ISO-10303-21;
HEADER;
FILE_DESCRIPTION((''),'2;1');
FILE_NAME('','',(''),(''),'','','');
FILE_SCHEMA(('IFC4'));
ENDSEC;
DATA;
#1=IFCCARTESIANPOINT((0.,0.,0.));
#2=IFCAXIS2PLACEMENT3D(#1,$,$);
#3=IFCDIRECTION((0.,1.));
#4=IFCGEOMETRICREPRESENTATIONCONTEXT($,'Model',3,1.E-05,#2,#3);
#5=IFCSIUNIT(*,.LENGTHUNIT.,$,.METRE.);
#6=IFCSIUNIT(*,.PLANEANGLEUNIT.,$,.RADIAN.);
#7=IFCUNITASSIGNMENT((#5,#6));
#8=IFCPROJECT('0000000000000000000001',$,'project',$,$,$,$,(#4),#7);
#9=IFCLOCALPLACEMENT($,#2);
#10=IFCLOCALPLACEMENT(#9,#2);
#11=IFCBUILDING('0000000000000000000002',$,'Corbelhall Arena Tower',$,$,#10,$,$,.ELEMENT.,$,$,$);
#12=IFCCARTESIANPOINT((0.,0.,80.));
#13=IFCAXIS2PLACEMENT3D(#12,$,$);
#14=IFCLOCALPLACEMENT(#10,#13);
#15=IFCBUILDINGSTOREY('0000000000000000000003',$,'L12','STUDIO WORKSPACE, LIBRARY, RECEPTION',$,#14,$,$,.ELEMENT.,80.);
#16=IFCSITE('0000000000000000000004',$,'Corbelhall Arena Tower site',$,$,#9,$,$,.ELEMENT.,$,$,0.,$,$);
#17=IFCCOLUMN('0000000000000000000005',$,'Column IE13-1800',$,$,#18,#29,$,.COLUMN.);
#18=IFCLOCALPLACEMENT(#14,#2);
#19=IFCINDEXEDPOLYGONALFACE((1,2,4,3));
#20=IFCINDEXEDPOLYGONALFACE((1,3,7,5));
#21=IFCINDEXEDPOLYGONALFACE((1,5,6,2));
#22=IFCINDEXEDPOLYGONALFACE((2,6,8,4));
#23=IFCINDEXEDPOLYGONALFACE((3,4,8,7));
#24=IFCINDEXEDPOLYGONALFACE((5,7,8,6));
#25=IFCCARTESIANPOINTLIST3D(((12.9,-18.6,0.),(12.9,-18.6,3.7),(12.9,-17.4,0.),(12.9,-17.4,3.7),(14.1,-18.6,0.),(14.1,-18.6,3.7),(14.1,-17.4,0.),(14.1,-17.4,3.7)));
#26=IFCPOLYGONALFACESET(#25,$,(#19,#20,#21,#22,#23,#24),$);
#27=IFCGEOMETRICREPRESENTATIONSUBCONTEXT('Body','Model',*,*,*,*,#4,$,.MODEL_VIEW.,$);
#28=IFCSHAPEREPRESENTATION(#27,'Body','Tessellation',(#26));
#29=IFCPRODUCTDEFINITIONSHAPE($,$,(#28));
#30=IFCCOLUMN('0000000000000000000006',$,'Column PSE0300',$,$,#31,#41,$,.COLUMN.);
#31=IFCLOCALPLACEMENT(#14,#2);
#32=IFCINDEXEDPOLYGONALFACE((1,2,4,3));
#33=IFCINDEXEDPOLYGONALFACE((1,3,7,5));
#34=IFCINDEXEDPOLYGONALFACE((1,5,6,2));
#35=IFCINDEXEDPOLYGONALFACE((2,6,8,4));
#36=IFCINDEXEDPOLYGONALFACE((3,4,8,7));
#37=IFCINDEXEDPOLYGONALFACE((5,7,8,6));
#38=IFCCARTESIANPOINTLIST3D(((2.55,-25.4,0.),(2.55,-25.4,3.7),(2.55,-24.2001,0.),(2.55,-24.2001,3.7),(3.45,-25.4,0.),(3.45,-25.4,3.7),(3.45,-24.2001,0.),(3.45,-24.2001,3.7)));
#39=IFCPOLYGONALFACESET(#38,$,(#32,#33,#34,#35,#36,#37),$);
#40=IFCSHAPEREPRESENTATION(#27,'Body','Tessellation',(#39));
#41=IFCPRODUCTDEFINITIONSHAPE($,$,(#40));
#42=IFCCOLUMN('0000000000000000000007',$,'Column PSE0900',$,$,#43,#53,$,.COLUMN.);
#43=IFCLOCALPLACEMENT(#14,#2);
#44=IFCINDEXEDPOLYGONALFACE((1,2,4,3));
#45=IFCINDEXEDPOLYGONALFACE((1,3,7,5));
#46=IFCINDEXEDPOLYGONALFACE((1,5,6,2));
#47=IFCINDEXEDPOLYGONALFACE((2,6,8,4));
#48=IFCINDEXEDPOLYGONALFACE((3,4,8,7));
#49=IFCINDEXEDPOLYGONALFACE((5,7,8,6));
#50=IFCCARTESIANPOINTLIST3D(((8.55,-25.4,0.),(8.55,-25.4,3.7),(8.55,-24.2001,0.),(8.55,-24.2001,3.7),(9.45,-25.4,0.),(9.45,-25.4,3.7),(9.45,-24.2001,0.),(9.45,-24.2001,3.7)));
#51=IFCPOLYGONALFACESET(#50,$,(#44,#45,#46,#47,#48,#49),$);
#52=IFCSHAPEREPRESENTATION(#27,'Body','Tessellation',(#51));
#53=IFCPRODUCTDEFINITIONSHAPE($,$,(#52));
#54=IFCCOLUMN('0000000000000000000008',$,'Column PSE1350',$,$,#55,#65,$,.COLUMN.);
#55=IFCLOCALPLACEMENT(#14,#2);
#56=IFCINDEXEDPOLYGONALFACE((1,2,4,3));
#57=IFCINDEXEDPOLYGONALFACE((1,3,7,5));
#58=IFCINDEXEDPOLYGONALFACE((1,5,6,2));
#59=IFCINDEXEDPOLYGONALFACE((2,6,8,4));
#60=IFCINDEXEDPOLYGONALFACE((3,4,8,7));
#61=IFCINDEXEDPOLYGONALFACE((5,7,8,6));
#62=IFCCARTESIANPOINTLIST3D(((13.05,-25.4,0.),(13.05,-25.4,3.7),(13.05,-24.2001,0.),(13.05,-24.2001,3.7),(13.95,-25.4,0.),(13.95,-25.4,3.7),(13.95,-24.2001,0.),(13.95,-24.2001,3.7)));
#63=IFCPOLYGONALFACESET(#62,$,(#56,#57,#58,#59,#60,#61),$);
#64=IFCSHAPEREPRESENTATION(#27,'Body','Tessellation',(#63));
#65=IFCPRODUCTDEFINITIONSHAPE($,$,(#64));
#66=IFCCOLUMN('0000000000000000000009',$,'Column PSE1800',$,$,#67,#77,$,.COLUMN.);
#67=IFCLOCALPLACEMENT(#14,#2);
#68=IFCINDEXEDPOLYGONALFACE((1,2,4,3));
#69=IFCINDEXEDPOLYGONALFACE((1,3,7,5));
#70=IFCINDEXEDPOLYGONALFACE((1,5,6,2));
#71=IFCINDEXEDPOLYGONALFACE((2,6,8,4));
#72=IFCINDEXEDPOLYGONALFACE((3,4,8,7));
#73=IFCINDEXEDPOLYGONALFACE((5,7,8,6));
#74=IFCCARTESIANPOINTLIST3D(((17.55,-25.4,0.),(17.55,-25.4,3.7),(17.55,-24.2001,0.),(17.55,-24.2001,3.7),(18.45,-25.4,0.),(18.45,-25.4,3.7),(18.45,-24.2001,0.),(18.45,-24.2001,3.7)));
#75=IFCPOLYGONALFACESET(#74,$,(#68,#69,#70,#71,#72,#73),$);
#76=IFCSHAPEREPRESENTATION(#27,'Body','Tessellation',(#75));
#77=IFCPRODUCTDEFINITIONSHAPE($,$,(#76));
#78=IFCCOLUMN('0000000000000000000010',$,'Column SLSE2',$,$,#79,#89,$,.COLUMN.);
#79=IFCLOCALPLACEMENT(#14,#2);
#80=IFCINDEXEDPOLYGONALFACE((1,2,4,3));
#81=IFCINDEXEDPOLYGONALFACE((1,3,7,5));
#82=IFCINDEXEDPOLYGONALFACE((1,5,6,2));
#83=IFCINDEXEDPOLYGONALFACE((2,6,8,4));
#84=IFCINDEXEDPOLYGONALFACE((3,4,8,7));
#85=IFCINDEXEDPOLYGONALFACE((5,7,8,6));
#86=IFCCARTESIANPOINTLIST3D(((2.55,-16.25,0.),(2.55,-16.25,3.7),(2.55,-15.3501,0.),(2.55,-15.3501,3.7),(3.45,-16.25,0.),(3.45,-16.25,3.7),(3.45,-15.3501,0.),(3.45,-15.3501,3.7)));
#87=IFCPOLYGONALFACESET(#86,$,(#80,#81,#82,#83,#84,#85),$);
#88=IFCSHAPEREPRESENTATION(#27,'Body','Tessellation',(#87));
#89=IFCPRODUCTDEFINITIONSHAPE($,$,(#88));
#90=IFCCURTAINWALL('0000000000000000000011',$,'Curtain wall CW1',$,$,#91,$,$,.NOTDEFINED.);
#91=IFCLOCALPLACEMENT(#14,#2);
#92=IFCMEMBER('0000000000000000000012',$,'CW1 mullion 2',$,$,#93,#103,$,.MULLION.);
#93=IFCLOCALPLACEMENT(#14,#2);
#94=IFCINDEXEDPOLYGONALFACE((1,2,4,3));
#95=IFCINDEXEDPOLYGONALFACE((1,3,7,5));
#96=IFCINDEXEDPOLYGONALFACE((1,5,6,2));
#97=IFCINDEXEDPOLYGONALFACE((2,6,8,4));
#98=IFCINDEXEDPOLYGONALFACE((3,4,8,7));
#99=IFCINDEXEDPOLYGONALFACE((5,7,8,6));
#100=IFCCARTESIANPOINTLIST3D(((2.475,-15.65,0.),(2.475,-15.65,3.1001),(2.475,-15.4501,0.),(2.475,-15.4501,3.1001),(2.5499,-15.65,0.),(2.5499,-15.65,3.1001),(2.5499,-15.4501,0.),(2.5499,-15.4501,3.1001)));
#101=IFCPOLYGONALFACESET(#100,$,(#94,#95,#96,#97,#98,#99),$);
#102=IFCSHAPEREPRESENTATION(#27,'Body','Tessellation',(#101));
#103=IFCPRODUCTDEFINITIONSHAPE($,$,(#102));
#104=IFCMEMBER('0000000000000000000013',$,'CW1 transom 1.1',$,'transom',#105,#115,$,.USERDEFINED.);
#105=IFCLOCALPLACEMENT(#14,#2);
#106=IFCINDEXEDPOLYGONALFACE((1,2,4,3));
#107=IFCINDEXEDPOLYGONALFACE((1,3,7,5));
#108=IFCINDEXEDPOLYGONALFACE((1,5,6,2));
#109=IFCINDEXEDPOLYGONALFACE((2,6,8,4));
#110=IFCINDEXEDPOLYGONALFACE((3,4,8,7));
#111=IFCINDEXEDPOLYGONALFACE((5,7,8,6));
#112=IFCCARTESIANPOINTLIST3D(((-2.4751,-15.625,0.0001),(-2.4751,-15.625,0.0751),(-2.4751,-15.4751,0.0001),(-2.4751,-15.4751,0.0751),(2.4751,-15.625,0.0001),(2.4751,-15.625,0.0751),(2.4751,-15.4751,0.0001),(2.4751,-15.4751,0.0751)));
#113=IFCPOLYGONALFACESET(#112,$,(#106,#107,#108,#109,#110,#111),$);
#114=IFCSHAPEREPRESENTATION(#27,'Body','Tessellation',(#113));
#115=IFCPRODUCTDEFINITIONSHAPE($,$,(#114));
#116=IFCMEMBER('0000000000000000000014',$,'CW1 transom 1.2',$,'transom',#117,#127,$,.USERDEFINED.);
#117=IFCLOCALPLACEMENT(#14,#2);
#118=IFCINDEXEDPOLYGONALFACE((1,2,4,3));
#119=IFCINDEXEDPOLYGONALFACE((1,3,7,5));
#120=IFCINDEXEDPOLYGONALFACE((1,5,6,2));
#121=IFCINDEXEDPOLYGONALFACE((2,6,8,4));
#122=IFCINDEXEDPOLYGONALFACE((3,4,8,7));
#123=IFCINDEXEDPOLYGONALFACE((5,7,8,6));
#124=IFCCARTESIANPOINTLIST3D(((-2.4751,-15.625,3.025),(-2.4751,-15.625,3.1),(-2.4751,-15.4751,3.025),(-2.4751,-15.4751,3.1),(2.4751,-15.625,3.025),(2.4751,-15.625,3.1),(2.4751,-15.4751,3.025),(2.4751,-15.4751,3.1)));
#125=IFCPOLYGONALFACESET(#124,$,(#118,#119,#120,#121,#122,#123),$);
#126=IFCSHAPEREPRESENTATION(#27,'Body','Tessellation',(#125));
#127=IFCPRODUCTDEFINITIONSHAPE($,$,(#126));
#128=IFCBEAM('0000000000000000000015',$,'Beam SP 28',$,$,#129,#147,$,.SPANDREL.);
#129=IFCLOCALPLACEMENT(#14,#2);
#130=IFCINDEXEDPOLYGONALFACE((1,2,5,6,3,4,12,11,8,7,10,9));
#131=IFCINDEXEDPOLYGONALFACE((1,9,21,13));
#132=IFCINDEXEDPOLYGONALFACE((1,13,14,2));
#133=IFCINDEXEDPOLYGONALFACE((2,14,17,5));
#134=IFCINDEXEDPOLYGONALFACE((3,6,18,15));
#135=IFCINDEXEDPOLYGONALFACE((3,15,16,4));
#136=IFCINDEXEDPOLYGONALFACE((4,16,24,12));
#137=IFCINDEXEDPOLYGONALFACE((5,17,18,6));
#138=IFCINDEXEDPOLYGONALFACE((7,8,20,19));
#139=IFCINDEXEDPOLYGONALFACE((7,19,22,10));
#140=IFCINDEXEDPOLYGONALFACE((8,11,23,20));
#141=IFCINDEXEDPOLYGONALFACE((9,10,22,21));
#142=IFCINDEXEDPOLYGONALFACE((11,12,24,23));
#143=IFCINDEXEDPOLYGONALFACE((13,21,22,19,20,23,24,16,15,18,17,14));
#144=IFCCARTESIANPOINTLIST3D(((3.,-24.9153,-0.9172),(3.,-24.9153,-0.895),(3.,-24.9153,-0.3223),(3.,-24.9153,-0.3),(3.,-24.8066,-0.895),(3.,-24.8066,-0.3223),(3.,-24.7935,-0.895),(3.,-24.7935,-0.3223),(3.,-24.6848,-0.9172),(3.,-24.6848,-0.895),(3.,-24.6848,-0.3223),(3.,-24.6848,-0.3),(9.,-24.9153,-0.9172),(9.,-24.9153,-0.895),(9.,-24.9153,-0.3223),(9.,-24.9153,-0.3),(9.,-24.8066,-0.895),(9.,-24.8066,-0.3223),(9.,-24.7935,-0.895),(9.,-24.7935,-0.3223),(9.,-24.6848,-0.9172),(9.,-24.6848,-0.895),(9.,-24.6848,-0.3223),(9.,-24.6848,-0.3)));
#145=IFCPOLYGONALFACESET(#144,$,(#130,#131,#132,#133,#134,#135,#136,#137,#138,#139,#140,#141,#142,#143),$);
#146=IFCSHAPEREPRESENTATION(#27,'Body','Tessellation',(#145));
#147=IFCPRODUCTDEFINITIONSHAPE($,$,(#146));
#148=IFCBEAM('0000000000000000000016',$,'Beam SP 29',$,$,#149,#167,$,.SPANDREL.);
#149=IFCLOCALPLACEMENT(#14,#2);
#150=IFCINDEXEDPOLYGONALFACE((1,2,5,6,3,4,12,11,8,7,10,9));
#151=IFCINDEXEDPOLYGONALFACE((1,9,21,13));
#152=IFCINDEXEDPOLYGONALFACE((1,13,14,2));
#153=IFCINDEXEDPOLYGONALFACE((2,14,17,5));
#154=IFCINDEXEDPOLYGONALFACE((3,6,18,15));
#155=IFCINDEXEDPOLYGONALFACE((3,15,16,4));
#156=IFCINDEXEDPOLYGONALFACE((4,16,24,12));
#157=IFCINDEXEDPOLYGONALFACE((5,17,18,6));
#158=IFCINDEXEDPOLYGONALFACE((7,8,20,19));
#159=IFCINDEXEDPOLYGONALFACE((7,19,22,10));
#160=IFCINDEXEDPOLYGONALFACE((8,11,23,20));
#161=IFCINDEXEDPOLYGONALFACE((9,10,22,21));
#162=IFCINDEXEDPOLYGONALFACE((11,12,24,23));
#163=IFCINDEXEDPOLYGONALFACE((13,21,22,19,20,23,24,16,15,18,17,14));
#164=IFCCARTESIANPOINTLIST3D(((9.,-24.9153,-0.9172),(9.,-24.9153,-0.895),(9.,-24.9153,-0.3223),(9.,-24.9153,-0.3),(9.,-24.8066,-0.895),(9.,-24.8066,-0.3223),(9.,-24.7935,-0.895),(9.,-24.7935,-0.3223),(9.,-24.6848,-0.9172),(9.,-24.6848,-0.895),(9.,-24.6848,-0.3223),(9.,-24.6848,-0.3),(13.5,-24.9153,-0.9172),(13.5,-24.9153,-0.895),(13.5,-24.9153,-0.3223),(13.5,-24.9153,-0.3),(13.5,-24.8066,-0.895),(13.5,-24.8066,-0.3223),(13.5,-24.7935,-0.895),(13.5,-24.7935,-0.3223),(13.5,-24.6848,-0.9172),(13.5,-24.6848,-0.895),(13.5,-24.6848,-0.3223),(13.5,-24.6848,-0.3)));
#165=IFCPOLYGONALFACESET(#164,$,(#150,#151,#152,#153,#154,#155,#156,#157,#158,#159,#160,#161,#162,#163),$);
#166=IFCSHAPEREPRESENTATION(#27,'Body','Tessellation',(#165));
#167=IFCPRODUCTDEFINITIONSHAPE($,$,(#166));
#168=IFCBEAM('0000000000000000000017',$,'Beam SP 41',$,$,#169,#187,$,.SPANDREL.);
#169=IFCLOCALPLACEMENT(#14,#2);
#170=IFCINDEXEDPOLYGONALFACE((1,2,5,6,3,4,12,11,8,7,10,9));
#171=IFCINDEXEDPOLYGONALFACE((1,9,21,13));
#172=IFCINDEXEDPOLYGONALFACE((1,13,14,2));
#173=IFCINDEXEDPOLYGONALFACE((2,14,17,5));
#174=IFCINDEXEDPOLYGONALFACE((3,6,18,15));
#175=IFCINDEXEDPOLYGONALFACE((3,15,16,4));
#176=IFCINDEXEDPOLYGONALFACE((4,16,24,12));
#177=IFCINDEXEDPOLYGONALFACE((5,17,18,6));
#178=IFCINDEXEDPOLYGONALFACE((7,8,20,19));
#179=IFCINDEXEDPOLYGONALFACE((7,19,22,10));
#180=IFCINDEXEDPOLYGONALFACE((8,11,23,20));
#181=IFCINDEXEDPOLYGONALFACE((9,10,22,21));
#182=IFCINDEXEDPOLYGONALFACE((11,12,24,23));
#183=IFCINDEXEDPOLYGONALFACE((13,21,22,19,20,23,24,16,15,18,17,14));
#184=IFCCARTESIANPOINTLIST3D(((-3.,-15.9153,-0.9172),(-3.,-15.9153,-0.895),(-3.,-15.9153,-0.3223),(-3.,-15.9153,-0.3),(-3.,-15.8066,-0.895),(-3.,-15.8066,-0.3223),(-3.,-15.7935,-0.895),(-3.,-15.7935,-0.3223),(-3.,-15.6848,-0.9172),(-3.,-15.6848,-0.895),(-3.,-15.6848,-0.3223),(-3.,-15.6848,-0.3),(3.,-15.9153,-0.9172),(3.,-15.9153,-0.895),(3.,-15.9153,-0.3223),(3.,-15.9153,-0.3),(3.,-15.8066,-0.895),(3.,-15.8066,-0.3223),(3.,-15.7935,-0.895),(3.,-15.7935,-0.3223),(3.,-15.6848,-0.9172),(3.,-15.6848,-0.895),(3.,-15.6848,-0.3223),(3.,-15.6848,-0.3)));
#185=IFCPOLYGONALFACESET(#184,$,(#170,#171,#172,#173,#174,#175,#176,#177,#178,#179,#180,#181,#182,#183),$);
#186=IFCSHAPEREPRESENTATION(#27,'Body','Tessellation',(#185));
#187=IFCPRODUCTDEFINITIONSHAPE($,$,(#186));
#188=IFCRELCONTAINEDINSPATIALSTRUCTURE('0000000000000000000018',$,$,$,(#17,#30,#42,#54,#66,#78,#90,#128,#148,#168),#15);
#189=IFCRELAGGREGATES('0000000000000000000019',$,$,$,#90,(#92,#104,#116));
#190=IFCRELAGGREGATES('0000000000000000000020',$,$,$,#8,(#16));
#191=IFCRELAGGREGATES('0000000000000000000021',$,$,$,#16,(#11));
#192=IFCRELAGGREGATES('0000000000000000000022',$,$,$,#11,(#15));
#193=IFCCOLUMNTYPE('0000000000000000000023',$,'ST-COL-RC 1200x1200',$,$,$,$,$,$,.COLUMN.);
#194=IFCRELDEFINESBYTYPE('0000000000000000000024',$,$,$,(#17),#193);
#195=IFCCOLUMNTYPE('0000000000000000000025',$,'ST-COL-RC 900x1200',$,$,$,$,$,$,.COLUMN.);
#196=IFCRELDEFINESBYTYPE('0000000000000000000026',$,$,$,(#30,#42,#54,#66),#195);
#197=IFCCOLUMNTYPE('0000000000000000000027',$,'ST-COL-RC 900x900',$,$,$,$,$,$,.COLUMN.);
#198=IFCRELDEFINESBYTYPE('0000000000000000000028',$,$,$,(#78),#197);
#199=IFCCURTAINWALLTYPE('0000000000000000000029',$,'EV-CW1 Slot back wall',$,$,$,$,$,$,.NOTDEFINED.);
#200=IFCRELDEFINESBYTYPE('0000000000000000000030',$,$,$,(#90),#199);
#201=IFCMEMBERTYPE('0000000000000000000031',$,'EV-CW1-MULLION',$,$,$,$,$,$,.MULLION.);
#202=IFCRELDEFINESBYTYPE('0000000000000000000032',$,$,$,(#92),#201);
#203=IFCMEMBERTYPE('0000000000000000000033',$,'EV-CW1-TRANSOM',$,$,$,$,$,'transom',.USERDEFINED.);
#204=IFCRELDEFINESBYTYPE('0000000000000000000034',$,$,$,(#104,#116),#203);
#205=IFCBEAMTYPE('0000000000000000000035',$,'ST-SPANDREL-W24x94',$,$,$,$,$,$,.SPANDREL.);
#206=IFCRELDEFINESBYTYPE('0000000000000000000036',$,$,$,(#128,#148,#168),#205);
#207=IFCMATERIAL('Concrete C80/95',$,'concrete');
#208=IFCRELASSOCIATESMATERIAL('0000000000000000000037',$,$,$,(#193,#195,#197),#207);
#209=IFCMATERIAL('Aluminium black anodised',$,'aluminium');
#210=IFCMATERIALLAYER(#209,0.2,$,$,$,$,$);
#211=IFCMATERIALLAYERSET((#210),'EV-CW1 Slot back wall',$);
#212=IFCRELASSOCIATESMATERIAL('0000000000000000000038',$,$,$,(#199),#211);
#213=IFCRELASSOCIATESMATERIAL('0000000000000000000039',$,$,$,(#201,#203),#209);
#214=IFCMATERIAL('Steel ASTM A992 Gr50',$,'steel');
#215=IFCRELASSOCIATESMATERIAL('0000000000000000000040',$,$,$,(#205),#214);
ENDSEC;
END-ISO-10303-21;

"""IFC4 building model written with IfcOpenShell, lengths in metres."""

from ifc_helpers import new_model, si_unit, direction, frame, origin, origin_2d, place, context, subcontext, project, spatial, rectangle, i_section, extrude, material, layer, layer_set, material_profile, profile_set, type_object, element, aggregate, save


model = new_model("IFC4")

# Units and contexts
model_context = context("Model", 3, precision=1e-05, world=origin(), true_north=direction((0.0, 1.0)))
body_context = subcontext(model_context, "Body", "Model", "MODEL_VIEW")
ifc_project = project(units=[si_unit("LENGTHUNIT", "METRE"), si_unit("PLANEANGLEUNIT", "RADIAN")], contexts=[model_context])

# Site, building, storey
site_placement = place(None, origin())
site = spatial("IfcSite", under=ifc_project, at=site_placement, Name="Corbelhall Arena Tower site", CompositionType="ELEMENT", RefElevation=0.0)
building_placement = place(site_placement, origin())
building = spatial("IfcBuilding", under=site, at=building_placement, Name="Corbelhall Arena Tower", CompositionType="ELEMENT")
storey_placement = place(building_placement, frame((0.0, 0.0, 80.0)))
storey = spatial("IfcBuildingStorey", under=building, at=storey_placement, Name="L12", Description="STUDIO WORKSPACE, LIBRARY, RECEPTION", CompositionType="ELEMENT", Elevation=80.0)

# Columns
ifc_material_1 = material(Name="Concrete C80/95", Category="concrete")
ifc_material_profile_1 = material_profile(ifc_material_1, rectangle(XDim=1.2, YDim=1.2, at=origin_2d()))
ifc_profile_set_1 = profile_set([ifc_material_profile_1], Name="Concrete C80/95")
column_type_1 = type_object("IfcColumnType", Name="ST-COL-RC 1200x1200", PredefinedType="COLUMN", material=ifc_profile_set_1)
column_1_placement = place(storey_placement, frame((13.5, -18.0, 0.0), z_axis=(0.0, 0.0, 1.0), x_axis=(1.0, 0.0, 0.0)))
element("IfcColumn", 1, at=column_1_placement, inside=storey, type_object=column_type_1, Name="Column IE13-1800", PredefinedType="COLUMN", context=body_context, shape_type="SweptSolid", body=[
    extrude(rectangle(XDim=1.2, YDim=1.2, at=origin_2d()), origin(), (0.0, 0.0, 1.0), 3.7),
])
ifc_material_profile_2 = material_profile(ifc_material_1, rectangle(XDim=0.8999, YDim=1.2, at=origin_2d()))
ifc_profile_set_2 = profile_set([ifc_material_profile_2], Name="Concrete C80/95")
column_type_2 = type_object("IfcColumnType", Name="ST-COL-RC 900x1200", PredefinedType="COLUMN", material=ifc_profile_set_2)
for number, where, z_axis, x_axis, name in (
    (2, (3.0, -24.8, 0.0), (0.0, 0.0, 1.0), (1.0, 0.0, 0.0), "Column PSE0300"),
    (3, (9.0, -24.8, 0.0), (0.0, 0.0, 1.0), (1.0, 0.0, 0.0), "Column PSE0900"),
    (4, (13.5, -24.8, 0.0), (0.0, 0.0, 1.0), (1.0, 0.0, 0.0), "Column PSE1350"),
    (5, (18.0, -24.8, 0.0), (0.0, 0.0, 1.0), (1.0, 0.0, 0.0), "Column PSE1800"),
):
    element("IfcColumn", number, at=place(storey_placement, frame(where, z_axis=z_axis, x_axis=x_axis)), inside=storey, type_object=column_type_2, Name=name, PredefinedType="COLUMN", context=body_context, shape_type="SweptSolid", body=[
        extrude(rectangle(XDim=0.8999, YDim=1.2, at=origin_2d()), origin(), (0.0, 0.0, 1.0), 3.7),
    ])
ifc_material_profile_3 = material_profile(ifc_material_1, rectangle(XDim=0.8999, YDim=0.8999, at=origin_2d()))
ifc_profile_set_3 = profile_set([ifc_material_profile_3], Name="Concrete C80/95")
column_type_3 = type_object("IfcColumnType", Name="ST-COL-RC 900x900", PredefinedType="COLUMN", material=ifc_profile_set_3)
column_2_placement = place(storey_placement, frame((3.0, -15.8, 0.0), z_axis=(0.0, 0.0, 1.0), x_axis=(1.0, 0.0, 0.0)))
element("IfcColumn", 6, at=column_2_placement, inside=storey, type_object=column_type_3, Name="Column SLSE2", PredefinedType="COLUMN", context=body_context, shape_type="SweptSolid", body=[
    extrude(rectangle(XDim=0.8999, YDim=0.8999, at=origin_2d()), origin(), (0.0, 0.0, 1.0), 3.7),
])

# Curtain wall, members
ifc_material_2 = material(Name="Aluminium black anodised", Category="aluminium")
ifc_layer_1 = layer(ifc_material_2, 0.2)
ifc_layer_set_1 = layer_set([ifc_layer_1], Name="EV-CW1 Slot back wall")
curtain_wall_type = type_object("IfcCurtainWallType", Name="EV-CW1 Slot back wall", PredefinedType="NOTDEFINED", material=ifc_layer_set_1)
curtain_wall_placement = place(storey_placement, origin())
curtain_wall = element("IfcCurtainWall", 7, at=curtain_wall_placement, inside=storey, type_object=curtain_wall_type, Name="Curtain wall CW1", PredefinedType="NOTDEFINED")
ifc_material_profile_4 = material_profile(ifc_material_2, rectangle(XDim=0.2, YDim=0.075, at=origin_2d()))
ifc_profile_set_4 = profile_set([ifc_material_profile_4], Name="Aluminium black anodised")
member_type_1 = type_object("IfcMemberType", Name="EV-CW1-MULLION", PredefinedType="MULLION", material=ifc_profile_set_4)
member_1_placement = place(storey_placement, frame((2.5125, -15.55, 0.0), z_axis=(0.0, 0.0, 1.0), x_axis=(0.0, 1.0, 0.0)))
member_1 = element("IfcMember", 8, at=member_1_placement, type_object=member_type_1, Name="CW1 mullion 2", PredefinedType="MULLION", context=body_context, shape_type="SweptSolid", body=[
    extrude(rectangle(XDim=0.2, YDim=0.075, at=origin_2d()), origin(), (0.0, 0.0, 1.0), 3.1001),
])
ifc_material_profile_5 = material_profile(ifc_material_2, rectangle(XDim=0.1499, YDim=0.075, at=origin_2d()))
ifc_profile_set_5 = profile_set([ifc_material_profile_5], Name="Aluminium black anodised")
member_type_2 = type_object("IfcMemberType", Name="EV-CW1-TRANSOM", ElementType="transom", PredefinedType="USERDEFINED", material=ifc_profile_set_5)
member_2_placement = place(storey_placement, frame((-2.4751, -15.55, 0.0376), z_axis=(1.0, 0.0, 0.0), x_axis=(0.0, 1.0, 0.0)))
member_2 = element("IfcMember", 9, at=member_2_placement, type_object=member_type_2, Name="CW1 transom 1.1", ObjectType="transom", PredefinedType="USERDEFINED", context=body_context, shape_type="SweptSolid", body=[
    extrude(rectangle(XDim=0.1499, YDim=0.075, at=origin_2d()), origin(), (0.0, 0.0, 1.0), 4.9502),
])
member_3_placement = place(storey_placement, frame((-2.4751, -15.55, 3.0625), z_axis=(1.0, 0.0, 0.0), x_axis=(0.0, 1.0, 0.0)))
member_3 = element("IfcMember", 10, at=member_3_placement, type_object=member_type_2, Name="CW1 transom 1.2", ObjectType="transom", PredefinedType="USERDEFINED", context=body_context, shape_type="SweptSolid", body=[
    extrude(rectangle(XDim=0.1499, YDim=0.075, at=origin_2d()), origin(), (0.0, 0.0, 1.0), 4.9502),
])

# Beams
ifc_material_3 = material(Name="Steel ASTM A992 Gr50", Category="steel")
ifc_material_profile_6 = material_profile(ifc_material_3, i_section(OverallWidth=0.2305, OverallDepth=0.6172, WebThickness=0.0132, FlangeThickness=0.0222, at=origin_2d()))
ifc_profile_set_6 = profile_set([ifc_material_profile_6], Name="Steel ASTM A992 Gr50")
beam_type_1 = type_object("IfcBeamType", Name="ST-SPANDREL-W24x94", PredefinedType="SPANDREL", material=ifc_profile_set_6)
beam_1_placement = place(storey_placement, frame((9.0, -24.8, -0.6086), z_axis=(-1.0, 0.0, 0.0), x_axis=(0.0, -1.0, 0.0)))
element("IfcBeam", 11, at=beam_1_placement, inside=storey, type_object=beam_type_1, Name="Beam SP 28", PredefinedType="SPANDREL", context=body_context, shape_type="SweptSolid", body=[
    extrude(i_section(OverallWidth=0.2305, OverallDepth=0.6172, WebThickness=0.0132, FlangeThickness=0.0222, at=origin_2d()), origin(), (0.0, 0.0, 1.0), 6.0),
])
beam_2_placement = place(storey_placement, frame((13.5, -24.8, -0.6086), z_axis=(-1.0, 0.0, 0.0), x_axis=(0.0, -1.0, 0.0)))
element("IfcBeam", 12, at=beam_2_placement, inside=storey, type_object=beam_type_1, Name="Beam SP 29", PredefinedType="SPANDREL", context=body_context, shape_type="SweptSolid", body=[
    extrude(i_section(OverallWidth=0.2305, OverallDepth=0.6172, WebThickness=0.0132, FlangeThickness=0.0222, at=origin_2d()), origin(), (0.0, 0.0, 1.0), 4.5),
])
beam_3_placement = place(storey_placement, frame((3.0, -15.8, -0.6086), z_axis=(-1.0, 0.0, 0.0), x_axis=(0.0, -1.0, 0.0)))
element("IfcBeam", 13, at=beam_3_placement, inside=storey, type_object=beam_type_1, Name="Beam SP 41", PredefinedType="SPANDREL", context=body_context, shape_type="SweptSolid", body=[
    extrude(i_section(OverallWidth=0.2305, OverallDepth=0.6172, WebThickness=0.0132, FlangeThickness=0.0222, at=origin_2d()), origin(), (0.0, 0.0, 1.0), 6.0),
])

aggregate(curtain_wall, [member_1, member_2, member_3])

save(model, "model.ifc")
